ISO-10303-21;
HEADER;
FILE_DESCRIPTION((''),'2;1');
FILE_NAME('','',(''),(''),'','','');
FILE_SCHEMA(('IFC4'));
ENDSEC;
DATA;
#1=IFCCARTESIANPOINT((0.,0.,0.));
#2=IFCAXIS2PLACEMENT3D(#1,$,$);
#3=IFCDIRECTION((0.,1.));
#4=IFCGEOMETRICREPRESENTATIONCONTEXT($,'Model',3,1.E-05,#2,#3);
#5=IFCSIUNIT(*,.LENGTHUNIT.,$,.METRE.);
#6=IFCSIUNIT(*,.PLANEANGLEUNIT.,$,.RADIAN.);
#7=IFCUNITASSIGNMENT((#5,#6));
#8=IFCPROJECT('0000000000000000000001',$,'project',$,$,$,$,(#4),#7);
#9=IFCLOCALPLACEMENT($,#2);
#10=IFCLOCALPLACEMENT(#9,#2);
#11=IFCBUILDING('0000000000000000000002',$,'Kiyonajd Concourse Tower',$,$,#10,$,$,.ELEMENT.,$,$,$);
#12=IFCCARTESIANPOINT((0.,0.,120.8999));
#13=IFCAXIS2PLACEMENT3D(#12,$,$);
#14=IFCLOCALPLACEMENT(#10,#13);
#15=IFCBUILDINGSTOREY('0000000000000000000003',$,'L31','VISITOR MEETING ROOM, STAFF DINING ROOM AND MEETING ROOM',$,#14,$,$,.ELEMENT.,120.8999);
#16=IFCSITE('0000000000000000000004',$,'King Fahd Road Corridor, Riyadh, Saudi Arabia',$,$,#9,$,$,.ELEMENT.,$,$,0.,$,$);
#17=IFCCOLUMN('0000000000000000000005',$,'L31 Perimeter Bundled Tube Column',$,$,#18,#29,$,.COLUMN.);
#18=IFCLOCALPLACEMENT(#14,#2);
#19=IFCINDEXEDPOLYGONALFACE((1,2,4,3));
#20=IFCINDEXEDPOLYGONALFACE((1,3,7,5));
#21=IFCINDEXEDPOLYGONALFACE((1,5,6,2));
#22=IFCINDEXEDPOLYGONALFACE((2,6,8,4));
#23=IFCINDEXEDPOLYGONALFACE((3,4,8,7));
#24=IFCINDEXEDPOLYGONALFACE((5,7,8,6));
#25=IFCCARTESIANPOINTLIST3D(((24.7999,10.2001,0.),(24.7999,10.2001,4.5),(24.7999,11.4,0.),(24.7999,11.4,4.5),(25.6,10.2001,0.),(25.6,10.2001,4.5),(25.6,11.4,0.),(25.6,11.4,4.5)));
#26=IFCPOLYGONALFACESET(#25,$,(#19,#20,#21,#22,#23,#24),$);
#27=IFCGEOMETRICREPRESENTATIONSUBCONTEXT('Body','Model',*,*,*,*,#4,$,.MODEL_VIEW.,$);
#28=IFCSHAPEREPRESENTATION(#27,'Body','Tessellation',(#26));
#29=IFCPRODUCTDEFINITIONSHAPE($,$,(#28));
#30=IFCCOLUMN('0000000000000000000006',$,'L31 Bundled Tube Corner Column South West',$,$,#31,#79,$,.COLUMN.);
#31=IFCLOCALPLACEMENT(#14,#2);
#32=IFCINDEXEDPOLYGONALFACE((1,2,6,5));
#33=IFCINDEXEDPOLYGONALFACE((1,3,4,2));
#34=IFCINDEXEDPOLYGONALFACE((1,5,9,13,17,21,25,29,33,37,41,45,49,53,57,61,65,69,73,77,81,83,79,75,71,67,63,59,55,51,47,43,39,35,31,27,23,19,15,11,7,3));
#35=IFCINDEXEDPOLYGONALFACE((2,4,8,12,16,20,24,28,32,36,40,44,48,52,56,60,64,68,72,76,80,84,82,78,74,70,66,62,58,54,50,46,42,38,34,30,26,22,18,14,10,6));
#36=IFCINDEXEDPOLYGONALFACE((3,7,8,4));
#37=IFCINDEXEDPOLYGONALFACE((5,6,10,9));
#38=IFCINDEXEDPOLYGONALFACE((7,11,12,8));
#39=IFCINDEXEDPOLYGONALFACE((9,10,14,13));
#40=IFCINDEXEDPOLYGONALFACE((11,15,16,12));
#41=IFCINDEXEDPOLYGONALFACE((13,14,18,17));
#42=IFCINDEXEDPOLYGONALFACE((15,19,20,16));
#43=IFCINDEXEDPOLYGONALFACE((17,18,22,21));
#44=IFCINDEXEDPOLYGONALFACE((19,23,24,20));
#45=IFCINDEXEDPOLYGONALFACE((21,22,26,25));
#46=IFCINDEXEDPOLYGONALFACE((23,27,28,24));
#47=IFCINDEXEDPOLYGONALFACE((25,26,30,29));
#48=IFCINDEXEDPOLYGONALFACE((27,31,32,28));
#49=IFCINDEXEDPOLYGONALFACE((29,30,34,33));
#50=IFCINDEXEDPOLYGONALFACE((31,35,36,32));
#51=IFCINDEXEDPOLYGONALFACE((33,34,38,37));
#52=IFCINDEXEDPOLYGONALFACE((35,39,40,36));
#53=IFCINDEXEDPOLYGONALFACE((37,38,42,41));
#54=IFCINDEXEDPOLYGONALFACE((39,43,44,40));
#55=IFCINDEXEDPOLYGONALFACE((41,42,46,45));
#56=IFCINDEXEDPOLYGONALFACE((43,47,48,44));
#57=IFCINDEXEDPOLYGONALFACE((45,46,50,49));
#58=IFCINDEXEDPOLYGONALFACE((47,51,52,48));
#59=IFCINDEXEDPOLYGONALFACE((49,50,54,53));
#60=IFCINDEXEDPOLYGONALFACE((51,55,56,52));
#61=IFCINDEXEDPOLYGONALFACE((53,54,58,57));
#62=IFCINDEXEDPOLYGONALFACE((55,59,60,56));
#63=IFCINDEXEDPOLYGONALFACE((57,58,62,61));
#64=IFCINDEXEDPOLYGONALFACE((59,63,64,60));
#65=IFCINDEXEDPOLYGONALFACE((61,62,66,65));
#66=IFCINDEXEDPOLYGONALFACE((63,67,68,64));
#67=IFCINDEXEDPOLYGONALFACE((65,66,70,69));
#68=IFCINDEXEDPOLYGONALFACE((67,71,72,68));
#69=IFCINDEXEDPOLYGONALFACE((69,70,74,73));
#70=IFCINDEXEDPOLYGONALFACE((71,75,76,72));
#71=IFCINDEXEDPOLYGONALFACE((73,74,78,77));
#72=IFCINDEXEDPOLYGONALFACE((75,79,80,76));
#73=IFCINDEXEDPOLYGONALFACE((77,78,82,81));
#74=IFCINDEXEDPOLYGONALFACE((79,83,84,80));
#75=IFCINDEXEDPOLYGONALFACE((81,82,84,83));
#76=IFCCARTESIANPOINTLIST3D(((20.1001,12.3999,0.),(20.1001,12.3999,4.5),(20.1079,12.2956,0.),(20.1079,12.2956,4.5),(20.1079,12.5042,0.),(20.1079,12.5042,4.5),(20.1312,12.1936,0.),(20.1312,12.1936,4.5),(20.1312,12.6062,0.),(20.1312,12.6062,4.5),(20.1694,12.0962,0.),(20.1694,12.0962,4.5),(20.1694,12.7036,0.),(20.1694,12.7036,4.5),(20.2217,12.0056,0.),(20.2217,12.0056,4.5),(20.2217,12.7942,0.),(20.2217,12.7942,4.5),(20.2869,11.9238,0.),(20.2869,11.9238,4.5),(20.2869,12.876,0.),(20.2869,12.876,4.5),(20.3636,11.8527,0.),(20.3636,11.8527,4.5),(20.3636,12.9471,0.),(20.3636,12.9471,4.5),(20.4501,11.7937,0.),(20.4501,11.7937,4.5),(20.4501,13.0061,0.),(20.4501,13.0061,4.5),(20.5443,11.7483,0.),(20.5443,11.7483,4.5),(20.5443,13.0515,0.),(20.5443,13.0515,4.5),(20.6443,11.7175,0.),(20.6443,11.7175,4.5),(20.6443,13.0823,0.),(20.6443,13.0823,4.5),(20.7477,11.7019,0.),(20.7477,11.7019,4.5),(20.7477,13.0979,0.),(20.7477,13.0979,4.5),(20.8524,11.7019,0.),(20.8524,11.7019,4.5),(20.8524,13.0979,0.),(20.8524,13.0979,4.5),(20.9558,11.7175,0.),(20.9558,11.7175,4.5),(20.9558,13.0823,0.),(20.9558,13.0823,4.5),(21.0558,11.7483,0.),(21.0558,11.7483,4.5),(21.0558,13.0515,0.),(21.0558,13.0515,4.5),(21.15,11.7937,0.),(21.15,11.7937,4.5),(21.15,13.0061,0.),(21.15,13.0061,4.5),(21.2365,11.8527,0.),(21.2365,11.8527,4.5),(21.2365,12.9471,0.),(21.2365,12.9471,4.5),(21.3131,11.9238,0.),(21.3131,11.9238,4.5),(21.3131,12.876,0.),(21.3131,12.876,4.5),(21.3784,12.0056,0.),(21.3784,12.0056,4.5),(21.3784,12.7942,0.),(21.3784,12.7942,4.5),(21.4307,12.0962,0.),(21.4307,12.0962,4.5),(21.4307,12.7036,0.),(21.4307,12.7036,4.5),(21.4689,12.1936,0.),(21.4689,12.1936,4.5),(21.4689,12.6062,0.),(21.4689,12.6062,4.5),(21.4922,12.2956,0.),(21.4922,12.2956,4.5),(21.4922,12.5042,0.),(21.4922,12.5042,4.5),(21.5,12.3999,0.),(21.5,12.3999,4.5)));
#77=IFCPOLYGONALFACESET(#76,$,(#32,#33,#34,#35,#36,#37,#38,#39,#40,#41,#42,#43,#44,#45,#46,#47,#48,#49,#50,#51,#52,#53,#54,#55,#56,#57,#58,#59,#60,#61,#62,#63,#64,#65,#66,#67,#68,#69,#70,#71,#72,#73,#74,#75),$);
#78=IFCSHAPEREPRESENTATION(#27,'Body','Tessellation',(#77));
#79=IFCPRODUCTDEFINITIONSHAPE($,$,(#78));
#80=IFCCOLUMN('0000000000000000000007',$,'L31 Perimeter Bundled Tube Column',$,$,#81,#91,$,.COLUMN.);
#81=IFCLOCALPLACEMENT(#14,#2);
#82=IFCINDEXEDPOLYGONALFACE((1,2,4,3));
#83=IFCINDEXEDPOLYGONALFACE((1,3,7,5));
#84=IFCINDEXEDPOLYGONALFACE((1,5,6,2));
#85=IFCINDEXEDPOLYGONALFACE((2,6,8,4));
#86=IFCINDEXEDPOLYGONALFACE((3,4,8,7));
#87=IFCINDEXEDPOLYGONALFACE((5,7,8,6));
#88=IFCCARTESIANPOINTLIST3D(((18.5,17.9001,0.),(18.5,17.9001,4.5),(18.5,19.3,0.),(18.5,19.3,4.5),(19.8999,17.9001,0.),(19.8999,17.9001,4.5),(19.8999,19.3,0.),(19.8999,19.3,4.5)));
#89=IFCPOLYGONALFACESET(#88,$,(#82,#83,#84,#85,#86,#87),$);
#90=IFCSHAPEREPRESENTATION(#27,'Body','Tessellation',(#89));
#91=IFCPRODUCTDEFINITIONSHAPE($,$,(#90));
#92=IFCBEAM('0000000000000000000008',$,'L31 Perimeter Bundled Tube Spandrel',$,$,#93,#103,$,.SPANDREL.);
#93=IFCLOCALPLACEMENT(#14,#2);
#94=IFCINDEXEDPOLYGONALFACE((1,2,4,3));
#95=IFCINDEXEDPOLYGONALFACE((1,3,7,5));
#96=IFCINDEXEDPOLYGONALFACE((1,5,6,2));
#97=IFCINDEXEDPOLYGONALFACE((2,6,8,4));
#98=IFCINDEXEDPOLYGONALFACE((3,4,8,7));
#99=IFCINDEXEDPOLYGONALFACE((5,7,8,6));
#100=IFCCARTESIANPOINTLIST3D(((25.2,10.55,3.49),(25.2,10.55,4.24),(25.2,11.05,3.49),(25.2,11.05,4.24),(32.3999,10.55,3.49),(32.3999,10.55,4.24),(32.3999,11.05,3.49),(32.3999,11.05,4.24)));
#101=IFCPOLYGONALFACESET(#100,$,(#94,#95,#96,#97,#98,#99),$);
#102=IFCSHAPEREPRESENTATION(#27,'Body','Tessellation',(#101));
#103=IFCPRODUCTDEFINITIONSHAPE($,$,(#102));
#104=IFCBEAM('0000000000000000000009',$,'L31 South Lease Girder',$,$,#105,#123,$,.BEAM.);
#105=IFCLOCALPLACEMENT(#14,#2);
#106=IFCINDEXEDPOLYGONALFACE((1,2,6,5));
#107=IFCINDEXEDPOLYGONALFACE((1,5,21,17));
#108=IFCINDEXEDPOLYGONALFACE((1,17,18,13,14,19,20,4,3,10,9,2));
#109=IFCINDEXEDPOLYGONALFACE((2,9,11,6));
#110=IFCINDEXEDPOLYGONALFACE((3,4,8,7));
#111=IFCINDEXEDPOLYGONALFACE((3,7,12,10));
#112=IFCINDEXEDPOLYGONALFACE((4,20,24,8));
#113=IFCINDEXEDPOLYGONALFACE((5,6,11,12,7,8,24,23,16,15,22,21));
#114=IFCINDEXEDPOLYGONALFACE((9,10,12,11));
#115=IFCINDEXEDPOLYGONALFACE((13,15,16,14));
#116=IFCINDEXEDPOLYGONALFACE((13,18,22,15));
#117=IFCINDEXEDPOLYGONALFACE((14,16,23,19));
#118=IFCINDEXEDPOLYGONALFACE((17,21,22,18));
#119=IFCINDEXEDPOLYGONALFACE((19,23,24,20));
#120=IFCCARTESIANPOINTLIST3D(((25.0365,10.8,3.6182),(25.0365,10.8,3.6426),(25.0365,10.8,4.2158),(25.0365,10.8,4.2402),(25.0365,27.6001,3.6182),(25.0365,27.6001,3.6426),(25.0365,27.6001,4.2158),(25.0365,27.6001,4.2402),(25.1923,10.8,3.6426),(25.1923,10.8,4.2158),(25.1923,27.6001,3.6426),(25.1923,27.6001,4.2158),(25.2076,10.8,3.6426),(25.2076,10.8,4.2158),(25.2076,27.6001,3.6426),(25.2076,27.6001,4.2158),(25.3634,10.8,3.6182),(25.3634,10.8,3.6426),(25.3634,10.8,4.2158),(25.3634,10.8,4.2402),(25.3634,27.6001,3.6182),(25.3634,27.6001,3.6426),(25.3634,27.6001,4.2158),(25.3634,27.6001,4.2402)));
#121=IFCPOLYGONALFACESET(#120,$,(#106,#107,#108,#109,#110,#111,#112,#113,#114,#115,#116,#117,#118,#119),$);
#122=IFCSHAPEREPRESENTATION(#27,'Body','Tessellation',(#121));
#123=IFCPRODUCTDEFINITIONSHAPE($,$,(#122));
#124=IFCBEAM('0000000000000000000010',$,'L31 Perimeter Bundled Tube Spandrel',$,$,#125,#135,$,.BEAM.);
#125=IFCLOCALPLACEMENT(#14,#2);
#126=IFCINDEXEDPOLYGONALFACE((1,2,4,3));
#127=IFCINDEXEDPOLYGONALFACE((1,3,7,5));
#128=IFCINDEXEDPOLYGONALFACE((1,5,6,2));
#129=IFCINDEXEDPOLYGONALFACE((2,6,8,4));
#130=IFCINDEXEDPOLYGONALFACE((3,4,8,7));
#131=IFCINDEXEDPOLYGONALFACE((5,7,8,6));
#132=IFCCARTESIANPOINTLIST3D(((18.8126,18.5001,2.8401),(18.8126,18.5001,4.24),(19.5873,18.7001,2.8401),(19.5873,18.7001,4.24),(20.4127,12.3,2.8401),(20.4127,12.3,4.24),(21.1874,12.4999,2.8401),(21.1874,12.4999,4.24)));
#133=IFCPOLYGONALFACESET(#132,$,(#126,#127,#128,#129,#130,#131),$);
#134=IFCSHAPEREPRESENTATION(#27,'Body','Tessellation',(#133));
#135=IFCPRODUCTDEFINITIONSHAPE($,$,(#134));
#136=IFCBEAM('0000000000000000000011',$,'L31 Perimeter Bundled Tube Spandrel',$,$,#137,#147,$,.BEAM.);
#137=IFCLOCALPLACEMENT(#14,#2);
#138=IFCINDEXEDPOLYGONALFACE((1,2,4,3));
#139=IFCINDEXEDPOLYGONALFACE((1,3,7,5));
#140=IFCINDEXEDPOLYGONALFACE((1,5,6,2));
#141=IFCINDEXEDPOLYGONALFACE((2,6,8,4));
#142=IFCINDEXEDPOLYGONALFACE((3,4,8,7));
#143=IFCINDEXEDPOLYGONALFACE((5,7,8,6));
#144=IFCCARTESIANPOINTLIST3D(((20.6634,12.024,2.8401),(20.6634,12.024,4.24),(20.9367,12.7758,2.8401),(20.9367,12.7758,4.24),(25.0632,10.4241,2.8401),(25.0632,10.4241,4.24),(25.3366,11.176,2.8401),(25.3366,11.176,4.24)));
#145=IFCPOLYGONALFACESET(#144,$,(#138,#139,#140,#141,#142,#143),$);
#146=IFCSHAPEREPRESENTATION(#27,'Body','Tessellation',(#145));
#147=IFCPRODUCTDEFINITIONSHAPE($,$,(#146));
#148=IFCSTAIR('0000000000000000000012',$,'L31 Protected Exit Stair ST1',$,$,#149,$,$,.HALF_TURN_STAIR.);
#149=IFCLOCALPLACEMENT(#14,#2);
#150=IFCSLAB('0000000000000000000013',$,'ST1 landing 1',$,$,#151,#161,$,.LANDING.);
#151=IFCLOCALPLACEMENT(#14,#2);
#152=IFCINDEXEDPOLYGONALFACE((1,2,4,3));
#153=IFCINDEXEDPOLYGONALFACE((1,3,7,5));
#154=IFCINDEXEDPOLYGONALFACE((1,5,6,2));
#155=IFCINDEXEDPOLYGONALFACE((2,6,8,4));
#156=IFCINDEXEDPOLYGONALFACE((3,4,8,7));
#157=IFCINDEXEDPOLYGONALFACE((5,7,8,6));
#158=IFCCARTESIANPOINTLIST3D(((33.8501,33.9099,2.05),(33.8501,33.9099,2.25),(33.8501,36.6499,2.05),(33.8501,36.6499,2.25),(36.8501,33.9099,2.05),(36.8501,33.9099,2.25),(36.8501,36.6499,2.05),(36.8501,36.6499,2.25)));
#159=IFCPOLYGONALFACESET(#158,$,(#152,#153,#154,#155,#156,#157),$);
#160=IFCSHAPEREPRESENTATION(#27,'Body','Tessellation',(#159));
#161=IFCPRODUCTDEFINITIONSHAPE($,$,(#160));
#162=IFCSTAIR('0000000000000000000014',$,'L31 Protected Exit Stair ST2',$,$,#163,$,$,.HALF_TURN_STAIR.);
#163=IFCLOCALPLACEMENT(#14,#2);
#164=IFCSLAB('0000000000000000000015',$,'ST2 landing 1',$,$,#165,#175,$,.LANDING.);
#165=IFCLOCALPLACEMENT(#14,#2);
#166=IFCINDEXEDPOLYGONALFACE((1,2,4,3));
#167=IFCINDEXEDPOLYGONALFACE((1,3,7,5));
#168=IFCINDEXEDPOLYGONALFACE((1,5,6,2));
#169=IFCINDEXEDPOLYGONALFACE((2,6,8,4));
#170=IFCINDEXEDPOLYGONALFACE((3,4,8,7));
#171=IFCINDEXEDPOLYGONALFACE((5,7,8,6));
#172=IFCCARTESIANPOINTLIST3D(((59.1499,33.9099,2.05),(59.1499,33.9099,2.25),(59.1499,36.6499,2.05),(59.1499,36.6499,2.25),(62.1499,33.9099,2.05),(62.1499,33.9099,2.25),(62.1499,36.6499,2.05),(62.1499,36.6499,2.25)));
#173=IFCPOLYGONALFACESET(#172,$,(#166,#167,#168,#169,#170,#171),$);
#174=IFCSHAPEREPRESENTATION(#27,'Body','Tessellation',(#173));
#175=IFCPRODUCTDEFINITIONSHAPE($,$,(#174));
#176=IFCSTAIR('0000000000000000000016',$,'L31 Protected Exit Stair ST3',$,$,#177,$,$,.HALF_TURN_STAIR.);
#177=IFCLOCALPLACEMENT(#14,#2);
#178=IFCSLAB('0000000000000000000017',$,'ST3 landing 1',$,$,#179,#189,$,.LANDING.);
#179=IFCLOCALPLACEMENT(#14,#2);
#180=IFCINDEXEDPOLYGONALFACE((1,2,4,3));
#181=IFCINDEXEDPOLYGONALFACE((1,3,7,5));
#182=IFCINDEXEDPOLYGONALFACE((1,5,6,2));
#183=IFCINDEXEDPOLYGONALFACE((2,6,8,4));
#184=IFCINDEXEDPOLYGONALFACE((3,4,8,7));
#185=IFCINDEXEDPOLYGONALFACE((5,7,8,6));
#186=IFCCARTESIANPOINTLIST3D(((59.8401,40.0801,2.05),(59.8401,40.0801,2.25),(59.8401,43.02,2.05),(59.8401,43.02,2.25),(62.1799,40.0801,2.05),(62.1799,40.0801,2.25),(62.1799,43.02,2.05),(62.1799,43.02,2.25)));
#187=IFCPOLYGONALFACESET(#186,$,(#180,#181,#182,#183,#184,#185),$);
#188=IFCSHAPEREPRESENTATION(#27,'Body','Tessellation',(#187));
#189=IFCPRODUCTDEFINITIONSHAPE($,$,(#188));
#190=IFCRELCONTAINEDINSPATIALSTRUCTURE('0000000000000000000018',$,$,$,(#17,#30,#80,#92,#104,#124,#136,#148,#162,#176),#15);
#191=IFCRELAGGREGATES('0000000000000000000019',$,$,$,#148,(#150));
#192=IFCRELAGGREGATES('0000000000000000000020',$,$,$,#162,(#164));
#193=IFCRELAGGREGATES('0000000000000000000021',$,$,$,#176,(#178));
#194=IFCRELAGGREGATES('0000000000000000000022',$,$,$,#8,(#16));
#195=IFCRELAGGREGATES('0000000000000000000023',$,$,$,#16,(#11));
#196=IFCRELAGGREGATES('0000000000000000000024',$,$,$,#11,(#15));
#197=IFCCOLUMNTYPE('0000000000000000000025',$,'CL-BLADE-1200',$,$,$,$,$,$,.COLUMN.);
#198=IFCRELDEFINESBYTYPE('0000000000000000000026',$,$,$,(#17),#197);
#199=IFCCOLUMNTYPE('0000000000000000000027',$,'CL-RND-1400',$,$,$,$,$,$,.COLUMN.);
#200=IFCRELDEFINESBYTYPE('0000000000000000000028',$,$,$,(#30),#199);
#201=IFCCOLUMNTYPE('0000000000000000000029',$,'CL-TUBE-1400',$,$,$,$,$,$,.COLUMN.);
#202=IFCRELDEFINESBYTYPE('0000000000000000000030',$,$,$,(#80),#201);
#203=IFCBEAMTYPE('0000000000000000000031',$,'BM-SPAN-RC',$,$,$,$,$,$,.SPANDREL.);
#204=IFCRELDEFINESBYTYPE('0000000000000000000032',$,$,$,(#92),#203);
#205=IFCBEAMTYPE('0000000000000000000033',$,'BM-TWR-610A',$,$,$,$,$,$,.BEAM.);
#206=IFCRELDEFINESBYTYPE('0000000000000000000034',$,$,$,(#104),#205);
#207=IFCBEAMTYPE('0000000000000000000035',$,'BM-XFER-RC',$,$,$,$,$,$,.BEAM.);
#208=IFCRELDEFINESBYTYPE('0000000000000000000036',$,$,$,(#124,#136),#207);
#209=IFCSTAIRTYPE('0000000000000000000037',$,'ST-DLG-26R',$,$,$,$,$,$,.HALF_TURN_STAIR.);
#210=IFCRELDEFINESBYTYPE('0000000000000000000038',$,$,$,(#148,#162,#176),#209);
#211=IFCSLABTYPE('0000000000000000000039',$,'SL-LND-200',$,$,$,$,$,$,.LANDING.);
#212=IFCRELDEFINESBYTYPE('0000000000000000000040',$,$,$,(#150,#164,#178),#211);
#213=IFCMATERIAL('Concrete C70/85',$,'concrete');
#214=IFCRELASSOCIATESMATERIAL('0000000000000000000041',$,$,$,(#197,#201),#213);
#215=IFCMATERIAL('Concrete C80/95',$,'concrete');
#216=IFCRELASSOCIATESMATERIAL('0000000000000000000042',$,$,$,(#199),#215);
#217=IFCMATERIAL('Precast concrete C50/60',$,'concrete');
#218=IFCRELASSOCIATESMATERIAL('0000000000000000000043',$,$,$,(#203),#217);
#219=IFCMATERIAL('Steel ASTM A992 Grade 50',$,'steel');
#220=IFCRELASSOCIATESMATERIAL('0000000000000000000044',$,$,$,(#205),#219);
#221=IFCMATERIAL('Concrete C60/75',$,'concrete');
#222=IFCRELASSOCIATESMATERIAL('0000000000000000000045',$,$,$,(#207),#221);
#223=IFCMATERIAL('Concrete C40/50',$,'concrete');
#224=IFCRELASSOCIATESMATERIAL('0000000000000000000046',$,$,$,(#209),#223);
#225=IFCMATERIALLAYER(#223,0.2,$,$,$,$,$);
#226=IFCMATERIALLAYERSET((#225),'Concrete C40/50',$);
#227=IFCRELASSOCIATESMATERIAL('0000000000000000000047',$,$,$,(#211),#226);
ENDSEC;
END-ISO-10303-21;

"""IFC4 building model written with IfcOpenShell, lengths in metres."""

from ifc_helpers import new_model, si_unit, direction, frame, origin, origin_2d, place, context, subcontext, project, spatial, polyline, rectangle, circle, i_section, outline, extrude, material, layer, layer_set, material_profile, profile_set, type_object, element, aggregate, save


model = new_model("IFC4")

# Units and contexts
model_context = context("Model", 3, precision=1e-05, world=origin(), true_north=direction((0.0, 1.0)))
body_context = subcontext(model_context, "Body", "Model", "MODEL_VIEW")
ifc_project = project(units=[si_unit("LENGTHUNIT", "METRE"), si_unit("PLANEANGLEUNIT", "RADIAN")], contexts=[model_context])

# Site, building, storey
site_placement = place(None, origin())
site = spatial("IfcSite", under=ifc_project, at=site_placement, Name="King Fahd Road Corridor, Riyadh, Saudi Arabia", CompositionType="ELEMENT", RefElevation=0.0)
building_placement = place(site_placement, origin())
building = spatial("IfcBuilding", under=site, at=building_placement, Name="Kiyonajd Concourse Tower", CompositionType="ELEMENT")
storey_placement = place(building_placement, frame((0.0, 0.0, 120.8999)))
storey = spatial("IfcBuildingStorey", under=building, at=storey_placement, Name="L31", Description="VISITOR MEETING ROOM, STAFF DINING ROOM AND MEETING ROOM", CompositionType="ELEMENT", Elevation=120.8999)

# Columns
ifc_material_1 = material(Name="Concrete C70/85", Category="concrete")
ifc_material_profile_1 = material_profile(ifc_material_1, rectangle(XDim=0.8, YDim=1.2, at=origin_2d()), Name="RC-1200x800")
ifc_profile_set_1 = profile_set([ifc_material_profile_1], Name="Concrete C70/85")
column_type_1 = type_object("IfcColumnType", Name="CL-BLADE-1200", PredefinedType="COLUMN", material=ifc_profile_set_1)
column_1_placement = place(storey_placement, frame((25.2, 10.8, 0.0), z_axis=(0.0, 0.0, 1.0), x_axis=(1.0, 0.0, 0.0)))
element("IfcColumn", 1, at=column_1_placement, inside=storey, type_object=column_type_1, Name="L31 Perimeter Bundled Tube Column", PredefinedType="COLUMN", context=body_context, shape_type="SweptSolid", body=[
    extrude(rectangle(XDim=0.8, YDim=1.2, at=origin_2d()), origin(), (0.0, 0.0, 1.0), 4.5),
])
ifc_material_2 = material(Name="Concrete C80/95", Category="concrete")
ifc_material_profile_2 = material_profile(ifc_material_2, circle(Radius=0.7, at=origin_2d()), Name="RCC-D1400")
ifc_profile_set_2 = profile_set([ifc_material_profile_2], Name="Concrete C80/95")
column_type_2 = type_object("IfcColumnType", Name="CL-RND-1400", PredefinedType="COLUMN", material=ifc_profile_set_2)
column_2_placement = place(storey_placement, frame((20.8, 12.3999, 0.0), z_axis=(0.0, 0.0, 1.0), x_axis=(1.0, 0.0, 0.0)))
element("IfcColumn", 2, at=column_2_placement, inside=storey, type_object=column_type_2, Name="L31 Bundled Tube Corner Column South West", PredefinedType="COLUMN", context=body_context, shape_type="SweptSolid", body=[
    extrude(circle(Radius=0.7, at=origin_2d()), origin(), (0.0, 0.0, 1.0), 4.5),
])
ifc_material_profile_3 = material_profile(ifc_material_1, rectangle(XDim=1.3999, YDim=1.3999, at=origin_2d()), Name="RC-1400x1400")
ifc_profile_set_3 = profile_set([ifc_material_profile_3], Name="Concrete C70/85")
column_type_3 = type_object("IfcColumnType", Name="CL-TUBE-1400", PredefinedType="COLUMN", material=ifc_profile_set_3)
column_3_placement = place(storey_placement, frame((19.2, 18.6001, 0.0), z_axis=(0.0, 0.0, 1.0), x_axis=(1.0, 0.0, 0.0)))
element("IfcColumn", 3, at=column_3_placement, inside=storey, type_object=column_type_3, Name="L31 Perimeter Bundled Tube Column", PredefinedType="COLUMN", context=body_context, shape_type="SweptSolid", body=[
    extrude(rectangle(XDim=1.3999, YDim=1.3999, at=origin_2d()), origin(), (0.0, 0.0, 1.0), 4.5),
])

# Beams
ifc_material_3 = material(Name="Precast concrete C50/60", Category="concrete")
ifc_material_profile_4 = material_profile(ifc_material_3, rectangle(XDim=0.5, YDim=0.75, at=origin_2d()), Name="RCBM-500x750")
ifc_profile_set_4 = profile_set([ifc_material_profile_4], Name="Precast concrete C50/60")
beam_type_1 = type_object("IfcBeamType", Name="BM-SPAN-RC", PredefinedType="SPANDREL", material=ifc_profile_set_4)
beam_1_placement = place(storey_placement, frame((25.2, 10.8, 3.865), z_axis=(1.0, 0.0, 0.0), x_axis=(0.0, 1.0, 0.0)))
element("IfcBeam", 4, at=beam_1_placement, inside=storey, type_object=beam_type_1, Name="L31 Perimeter Bundled Tube Spandrel", PredefinedType="SPANDREL", context=body_context, shape_type="SweptSolid", body=[
    extrude(rectangle(XDim=0.5, YDim=0.75, at=origin_2d()), origin(), (0.0, 0.0, 1.0), 7.2),
])
ifc_material_4 = material(Name="Steel ASTM A992 Grade 50", Category="steel")
ifc_material_profile_5 = material_profile(ifc_material_4, i_section(OverallWidth=0.3269, OverallDepth=0.6221, WebThickness=0.0154, FlangeThickness=0.0244, at=origin_2d()), Name="W610X195")
ifc_profile_set_5 = profile_set([ifc_material_profile_5], Name="Steel ASTM A992 Grade 50")
beam_type_2 = type_object("IfcBeamType", Name="BM-TWR-610A", PredefinedType="BEAM", material=ifc_profile_set_5)
beam_2_placement = place(storey_placement, frame((25.2, 10.8, 3.9292), z_axis=(0.0, 1.0, 0.0), x_axis=(-1.0, 0.0, 0.0)))
element("IfcBeam", 5, at=beam_2_placement, inside=storey, type_object=beam_type_2, Name="L31 South Lease Girder", PredefinedType="BEAM", context=body_context, shape_type="SweptSolid", body=[
    extrude(i_section(OverallWidth=0.3269, OverallDepth=0.6221, WebThickness=0.0154, FlangeThickness=0.0244, at=origin_2d()), origin(), (0.0, 0.0, 1.0), 16.8),
])
ifc_material_5 = material(Name="Concrete C60/75", Category="concrete")
ifc_material_profile_6 = material_profile(ifc_material_5, rectangle(XDim=0.8, YDim=1.3999, at=origin_2d()), Name="RCBM-800x1400")
ifc_profile_set_6 = profile_set([ifc_material_profile_6], Name="Concrete C60/75")
beam_type_3 = type_object("IfcBeamType", Name="BM-XFER-RC", PredefinedType="BEAM", material=ifc_profile_set_6)
beam_3_placement = place(storey_placement, frame((19.2, 18.6001, 3.54), z_axis=(0.249885, -0.968276, 0.0), x_axis=(0.968276, 0.249885, 0.0)))
element("IfcBeam", 6, at=beam_3_placement, inside=storey, type_object=beam_type_3, Name="L31 Perimeter Bundled Tube Spandrel", PredefinedType="BEAM", context=body_context, shape_type="SweptSolid", body=[
    extrude(rectangle(XDim=0.8, YDim=1.3999, at=origin_2d()), origin(), (0.0, 0.0, 1.0), 6.4033),
])
beam_4_placement = place(storey_placement, frame((20.8, 12.3999, 3.54), z_axis=(0.939801, -0.341722, 0.0), x_axis=(0.341722, 0.939801, 0.0)))
element("IfcBeam", 7, at=beam_4_placement, inside=storey, type_object=beam_type_3, Name="L31 Perimeter Bundled Tube Spandrel", PredefinedType="BEAM", context=body_context, shape_type="SweptSolid", body=[
    extrude(rectangle(XDim=0.8, YDim=1.3999, at=origin_2d()), origin(), (0.0, 0.0, 1.0), 4.6816),
])

# Stairs, slabs
ifc_material_6 = material(Name="Concrete C40/50", Category="concrete")
stair_type = type_object("IfcStairType", Name="ST-DLG-26R", PredefinedType="HALF_TURN_STAIR", material=ifc_material_6)
stair_1_placement = place(storey_placement, origin())
stair_1 = element("IfcStair", 8, at=stair_1_placement, inside=storey, type_object=stair_type, Name="L31 Protected Exit Stair ST1", PredefinedType="HALF_TURN_STAIR")
ifc_layer_1 = layer(ifc_material_6, 0.2)
ifc_layer_set_1 = layer_set([ifc_layer_1], Name="Concrete C40/50")
slab_type_1 = type_object("IfcSlabType", Name="SL-LND-200", PredefinedType="LANDING", material=ifc_layer_set_1)
slab_1_placement = place(storey_placement, frame((0.0, 0.0, 2.05)))
slab_1 = element("IfcSlab", 9, at=slab_1_placement, type_object=slab_type_1, Name="ST1 landing 1", PredefinedType="LANDING", context=body_context, shape_type="SweptSolid", body=[
    extrude(outline(polyline([(36.8501, 33.9099), (36.8501, 36.6499), (33.8501, 36.6499), (33.8501, 33.9099), (36.8501, 33.9099)])), origin(), (0.0, 0.0, 1.0), 0.2),
])
aggregate(stair_1, [slab_1])
stair_2_placement = place(storey_placement, origin())
stair_2 = element("IfcStair", 10, at=stair_2_placement, inside=storey, type_object=stair_type, Name="L31 Protected Exit Stair ST2", PredefinedType="HALF_TURN_STAIR")
slab_2_placement = place(storey_placement, frame((0.0, 0.0, 2.05)))
slab_2 = element("IfcSlab", 11, at=slab_2_placement, type_object=slab_type_1, Name="ST2 landing 1", PredefinedType="LANDING", context=body_context, shape_type="SweptSolid", body=[
    extrude(outline(polyline([(62.1499, 33.9099), (62.1499, 36.6499), (59.1499, 36.6499), (59.1499, 33.9099), (62.1499, 33.9099)])), origin(), (0.0, 0.0, 1.0), 0.2),
])
aggregate(stair_2, [slab_2])
stair_3_placement = place(storey_placement, origin())
stair_3 = element("IfcStair", 12, at=stair_3_placement, inside=storey, type_object=stair_type, Name="L31 Protected Exit Stair ST3", PredefinedType="HALF_TURN_STAIR")
slab_3_placement = place(storey_placement, frame((0.0, 0.0, 2.05)))
slab_3 = element("IfcSlab", 13, at=slab_3_placement, type_object=slab_type_1, Name="ST3 landing 1", PredefinedType="LANDING", context=body_context, shape_type="SweptSolid", body=[
    extrude(outline(polyline([(59.8401, 40.0801), (62.1799, 40.0801), (62.1799, 43.02), (59.8401, 43.02), (59.8401, 40.0801)])), origin(), (0.0, 0.0, 1.0), 0.2),
])
aggregate(stair_3, [slab_3])

save(model, "model.ifc")
